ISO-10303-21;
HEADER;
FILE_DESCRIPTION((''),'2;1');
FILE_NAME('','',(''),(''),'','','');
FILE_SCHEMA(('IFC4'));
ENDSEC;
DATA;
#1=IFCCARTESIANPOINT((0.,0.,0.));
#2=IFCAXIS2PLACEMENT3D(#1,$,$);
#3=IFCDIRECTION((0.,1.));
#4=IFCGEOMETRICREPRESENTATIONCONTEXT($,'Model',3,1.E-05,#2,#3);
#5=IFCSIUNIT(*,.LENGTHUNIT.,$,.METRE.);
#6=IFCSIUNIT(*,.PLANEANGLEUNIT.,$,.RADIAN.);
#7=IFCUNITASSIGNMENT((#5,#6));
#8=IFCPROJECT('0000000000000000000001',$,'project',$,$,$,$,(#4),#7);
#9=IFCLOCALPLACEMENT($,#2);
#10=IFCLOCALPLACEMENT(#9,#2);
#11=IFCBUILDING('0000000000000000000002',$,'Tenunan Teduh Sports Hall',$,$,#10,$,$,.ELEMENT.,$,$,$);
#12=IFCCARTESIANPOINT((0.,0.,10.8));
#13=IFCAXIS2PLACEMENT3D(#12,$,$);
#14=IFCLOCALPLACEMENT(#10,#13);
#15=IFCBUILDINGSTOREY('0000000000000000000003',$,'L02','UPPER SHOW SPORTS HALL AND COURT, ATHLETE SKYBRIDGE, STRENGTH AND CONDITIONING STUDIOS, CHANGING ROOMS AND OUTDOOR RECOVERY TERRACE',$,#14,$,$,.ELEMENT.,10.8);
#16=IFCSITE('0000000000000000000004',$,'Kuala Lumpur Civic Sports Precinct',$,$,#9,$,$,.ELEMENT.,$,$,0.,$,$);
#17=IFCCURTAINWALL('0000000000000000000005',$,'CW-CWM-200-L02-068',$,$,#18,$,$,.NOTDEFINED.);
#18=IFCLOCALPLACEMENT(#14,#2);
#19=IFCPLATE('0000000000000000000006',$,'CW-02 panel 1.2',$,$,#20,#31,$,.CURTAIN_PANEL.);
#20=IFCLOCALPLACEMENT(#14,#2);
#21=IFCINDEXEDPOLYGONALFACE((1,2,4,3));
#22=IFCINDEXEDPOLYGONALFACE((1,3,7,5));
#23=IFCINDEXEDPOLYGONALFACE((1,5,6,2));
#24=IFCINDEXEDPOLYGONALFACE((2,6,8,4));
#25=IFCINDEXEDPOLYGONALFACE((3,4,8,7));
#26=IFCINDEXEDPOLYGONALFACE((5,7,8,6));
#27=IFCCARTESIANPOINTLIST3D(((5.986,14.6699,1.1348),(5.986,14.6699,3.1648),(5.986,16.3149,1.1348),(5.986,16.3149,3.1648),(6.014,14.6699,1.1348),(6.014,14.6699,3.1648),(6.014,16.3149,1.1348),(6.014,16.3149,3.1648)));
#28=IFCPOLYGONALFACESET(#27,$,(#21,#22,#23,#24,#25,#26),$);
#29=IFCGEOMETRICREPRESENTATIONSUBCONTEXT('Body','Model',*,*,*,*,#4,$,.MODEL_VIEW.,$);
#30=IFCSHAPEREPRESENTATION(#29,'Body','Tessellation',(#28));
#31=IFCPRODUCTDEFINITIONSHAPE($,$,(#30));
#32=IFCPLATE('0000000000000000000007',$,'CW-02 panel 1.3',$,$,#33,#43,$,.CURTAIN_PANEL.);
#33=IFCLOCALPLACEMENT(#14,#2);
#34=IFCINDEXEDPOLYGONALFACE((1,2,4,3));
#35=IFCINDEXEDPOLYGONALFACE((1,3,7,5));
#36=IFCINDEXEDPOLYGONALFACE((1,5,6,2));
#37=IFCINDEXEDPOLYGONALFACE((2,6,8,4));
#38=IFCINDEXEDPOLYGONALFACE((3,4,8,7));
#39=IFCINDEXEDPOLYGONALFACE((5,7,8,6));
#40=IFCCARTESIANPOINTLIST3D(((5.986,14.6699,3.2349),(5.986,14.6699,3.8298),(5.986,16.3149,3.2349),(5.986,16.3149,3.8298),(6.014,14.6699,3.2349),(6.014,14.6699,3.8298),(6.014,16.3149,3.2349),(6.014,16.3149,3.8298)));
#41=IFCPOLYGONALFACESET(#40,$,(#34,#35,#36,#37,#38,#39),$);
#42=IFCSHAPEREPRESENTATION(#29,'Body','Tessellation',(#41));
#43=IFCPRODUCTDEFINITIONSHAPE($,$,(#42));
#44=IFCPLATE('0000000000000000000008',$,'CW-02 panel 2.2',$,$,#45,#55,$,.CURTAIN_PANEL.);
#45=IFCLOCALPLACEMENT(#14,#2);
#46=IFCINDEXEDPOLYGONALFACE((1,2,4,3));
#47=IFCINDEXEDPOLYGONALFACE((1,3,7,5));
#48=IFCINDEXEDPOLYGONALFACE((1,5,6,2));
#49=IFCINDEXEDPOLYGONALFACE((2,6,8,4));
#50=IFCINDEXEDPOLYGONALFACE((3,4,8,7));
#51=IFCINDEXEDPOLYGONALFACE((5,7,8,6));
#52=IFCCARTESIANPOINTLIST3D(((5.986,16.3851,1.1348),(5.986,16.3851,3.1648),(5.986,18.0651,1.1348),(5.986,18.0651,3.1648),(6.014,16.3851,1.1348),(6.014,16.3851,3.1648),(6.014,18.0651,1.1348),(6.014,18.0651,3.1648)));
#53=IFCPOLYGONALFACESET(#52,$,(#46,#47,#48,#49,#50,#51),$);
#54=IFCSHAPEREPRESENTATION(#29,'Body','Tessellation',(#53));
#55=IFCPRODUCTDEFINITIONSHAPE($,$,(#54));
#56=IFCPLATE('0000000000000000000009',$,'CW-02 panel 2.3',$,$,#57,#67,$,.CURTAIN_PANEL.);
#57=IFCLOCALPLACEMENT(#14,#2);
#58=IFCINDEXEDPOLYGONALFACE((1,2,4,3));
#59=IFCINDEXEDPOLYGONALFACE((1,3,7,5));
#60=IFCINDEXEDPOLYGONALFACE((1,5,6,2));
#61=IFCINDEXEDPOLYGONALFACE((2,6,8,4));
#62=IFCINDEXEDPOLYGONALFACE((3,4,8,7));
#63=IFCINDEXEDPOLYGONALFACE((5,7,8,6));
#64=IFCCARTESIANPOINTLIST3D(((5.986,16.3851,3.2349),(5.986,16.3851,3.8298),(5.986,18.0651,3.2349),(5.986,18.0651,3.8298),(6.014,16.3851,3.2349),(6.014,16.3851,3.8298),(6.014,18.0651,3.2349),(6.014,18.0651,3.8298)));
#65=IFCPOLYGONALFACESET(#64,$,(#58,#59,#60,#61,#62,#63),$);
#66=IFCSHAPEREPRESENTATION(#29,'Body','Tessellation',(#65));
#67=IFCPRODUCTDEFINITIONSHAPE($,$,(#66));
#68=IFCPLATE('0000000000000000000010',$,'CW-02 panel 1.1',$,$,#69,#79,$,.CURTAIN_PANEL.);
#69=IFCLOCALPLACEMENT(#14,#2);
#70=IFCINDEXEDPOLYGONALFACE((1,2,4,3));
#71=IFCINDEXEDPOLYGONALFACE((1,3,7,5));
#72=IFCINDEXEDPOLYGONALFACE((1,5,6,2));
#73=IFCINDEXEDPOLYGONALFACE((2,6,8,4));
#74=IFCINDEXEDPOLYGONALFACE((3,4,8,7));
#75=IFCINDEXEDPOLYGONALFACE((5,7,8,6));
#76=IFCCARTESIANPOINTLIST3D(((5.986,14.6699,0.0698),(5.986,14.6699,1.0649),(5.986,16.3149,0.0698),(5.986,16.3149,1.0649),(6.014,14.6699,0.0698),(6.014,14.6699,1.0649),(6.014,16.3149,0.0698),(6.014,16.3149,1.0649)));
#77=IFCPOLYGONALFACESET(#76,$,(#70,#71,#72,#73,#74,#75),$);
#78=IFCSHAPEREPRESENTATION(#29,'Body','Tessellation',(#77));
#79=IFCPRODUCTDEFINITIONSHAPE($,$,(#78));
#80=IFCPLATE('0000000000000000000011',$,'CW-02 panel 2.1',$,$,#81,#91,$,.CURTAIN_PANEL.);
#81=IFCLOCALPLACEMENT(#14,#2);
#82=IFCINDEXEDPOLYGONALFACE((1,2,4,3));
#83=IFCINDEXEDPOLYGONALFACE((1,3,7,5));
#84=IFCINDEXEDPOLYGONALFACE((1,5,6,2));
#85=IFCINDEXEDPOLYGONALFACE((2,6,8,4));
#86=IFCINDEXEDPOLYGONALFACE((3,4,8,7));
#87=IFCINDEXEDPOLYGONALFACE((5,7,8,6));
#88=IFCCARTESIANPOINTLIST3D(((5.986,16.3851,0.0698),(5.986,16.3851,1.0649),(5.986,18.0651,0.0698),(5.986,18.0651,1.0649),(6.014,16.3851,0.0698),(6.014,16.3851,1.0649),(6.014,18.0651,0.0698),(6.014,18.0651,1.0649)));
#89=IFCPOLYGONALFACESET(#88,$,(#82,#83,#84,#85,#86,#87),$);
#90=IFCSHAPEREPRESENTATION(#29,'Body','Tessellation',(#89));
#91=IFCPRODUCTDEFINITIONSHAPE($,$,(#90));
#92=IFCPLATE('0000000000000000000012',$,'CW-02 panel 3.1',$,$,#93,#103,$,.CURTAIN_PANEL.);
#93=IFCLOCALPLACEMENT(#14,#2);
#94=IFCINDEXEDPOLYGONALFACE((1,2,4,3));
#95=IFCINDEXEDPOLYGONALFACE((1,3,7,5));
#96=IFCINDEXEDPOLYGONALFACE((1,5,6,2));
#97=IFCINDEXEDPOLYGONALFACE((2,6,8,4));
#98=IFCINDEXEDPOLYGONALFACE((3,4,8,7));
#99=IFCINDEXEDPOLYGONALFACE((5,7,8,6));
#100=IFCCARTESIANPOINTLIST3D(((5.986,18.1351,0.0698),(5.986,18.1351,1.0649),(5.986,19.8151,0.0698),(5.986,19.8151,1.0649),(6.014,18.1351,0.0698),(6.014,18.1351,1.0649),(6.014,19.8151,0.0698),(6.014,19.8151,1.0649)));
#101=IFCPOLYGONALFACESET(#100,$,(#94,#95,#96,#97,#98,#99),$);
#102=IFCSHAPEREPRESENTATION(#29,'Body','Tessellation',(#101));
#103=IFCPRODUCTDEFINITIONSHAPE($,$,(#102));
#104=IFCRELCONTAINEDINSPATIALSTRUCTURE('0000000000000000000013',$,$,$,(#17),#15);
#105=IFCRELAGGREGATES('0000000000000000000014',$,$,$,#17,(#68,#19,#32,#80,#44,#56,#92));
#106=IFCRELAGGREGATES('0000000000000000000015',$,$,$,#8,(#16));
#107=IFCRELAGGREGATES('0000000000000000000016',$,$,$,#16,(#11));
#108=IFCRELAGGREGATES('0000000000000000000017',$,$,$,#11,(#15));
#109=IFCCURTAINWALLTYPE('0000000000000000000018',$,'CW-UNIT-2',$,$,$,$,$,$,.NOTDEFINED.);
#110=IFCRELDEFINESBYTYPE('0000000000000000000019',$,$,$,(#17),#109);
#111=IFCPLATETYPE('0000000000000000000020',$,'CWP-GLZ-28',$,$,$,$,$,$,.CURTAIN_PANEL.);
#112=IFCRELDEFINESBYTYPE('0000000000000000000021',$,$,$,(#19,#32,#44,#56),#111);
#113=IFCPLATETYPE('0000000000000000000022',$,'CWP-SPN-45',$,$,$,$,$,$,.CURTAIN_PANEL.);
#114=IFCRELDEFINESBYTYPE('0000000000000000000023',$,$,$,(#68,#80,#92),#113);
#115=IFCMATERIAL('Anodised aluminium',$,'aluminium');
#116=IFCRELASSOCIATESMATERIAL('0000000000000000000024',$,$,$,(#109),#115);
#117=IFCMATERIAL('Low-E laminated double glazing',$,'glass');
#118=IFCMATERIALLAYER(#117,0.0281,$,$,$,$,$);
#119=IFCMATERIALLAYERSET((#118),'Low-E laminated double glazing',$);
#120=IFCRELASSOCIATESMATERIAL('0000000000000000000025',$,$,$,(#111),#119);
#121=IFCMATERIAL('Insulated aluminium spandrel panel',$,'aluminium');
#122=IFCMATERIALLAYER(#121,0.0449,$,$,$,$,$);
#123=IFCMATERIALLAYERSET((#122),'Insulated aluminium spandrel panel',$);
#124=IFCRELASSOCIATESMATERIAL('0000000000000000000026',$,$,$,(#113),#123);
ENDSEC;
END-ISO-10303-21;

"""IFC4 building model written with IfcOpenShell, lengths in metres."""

from ifc_helpers import new_model, si_unit, direction, frame, origin, origin_2d, place, context, subcontext, project, spatial, rectangle, extrude, material, layer, layer_set, type_object, element, aggregate, save


model = new_model("IFC4")

# Units and contexts
model_context = context("Model", 3, precision=1e-05, world=origin(), true_north=direction((0.0, 1.0)))
body_context = subcontext(model_context, "Body", "Model", "MODEL_VIEW")
ifc_project = project(units=[si_unit("LENGTHUNIT", "METRE"), si_unit("PLANEANGLEUNIT", "RADIAN")], contexts=[model_context])

# Site, building, storey
site_placement = place(None, origin())
site = spatial("IfcSite", under=ifc_project, at=site_placement, Name="Kuala Lumpur Civic Sports Precinct", CompositionType="ELEMENT", RefElevation=0.0)
building_placement = place(site_placement, origin())
building = spatial("IfcBuilding", under=site, at=building_placement, Name="Tenunan Teduh Sports Hall", CompositionType="ELEMENT")
storey_placement = place(building_placement, frame((0.0, 0.0, 10.8)))
storey = spatial("IfcBuildingStorey", under=building, at=storey_placement, Name="L02", Description="UPPER SHOW SPORTS HALL AND COURT, ATHLETE SKYBRIDGE, STRENGTH AND CONDITIONING STUDIOS, CHANGING ROOMS AND OUTDOOR RECOVERY TERRACE", CompositionType="ELEMENT", Elevation=10.8)

# Curtain wall, plates
ifc_material_1 = material(Name="Anodised aluminium", Category="aluminium")
curtain_wall_type = type_object("IfcCurtainWallType", Name="CW-UNIT-2", PredefinedType="NOTDEFINED", material=ifc_material_1)
curtain_wall_placement = place(storey_placement, origin())
curtain_wall = element("IfcCurtainWall", 1, at=curtain_wall_placement, inside=storey, type_object=curtain_wall_type, Name="CW-CWM-200-L02-068", PredefinedType="NOTDEFINED")
ifc_material_2 = material(Name="Low-E laminated double glazing", Category="glass")
ifc_layer_1 = layer(ifc_material_2, 0.0281)
ifc_layer_set_1 = layer_set([ifc_layer_1], Name="Low-E laminated double glazing")
plate_type_1 = type_object("IfcPlateType", Name="CWP-GLZ-28", PredefinedType="CURTAIN_PANEL", material=ifc_layer_set_1)
plate_1_placement = place(storey_placement, frame((6.0, 15.4924, 1.1348), z_axis=(0.0, 0.0, 1.0), x_axis=(0.0, 1.0, 0.0)))
plate_1 = element("IfcPlate", 2, at=plate_1_placement, type_object=plate_type_1, Name="CW-02 panel 1.2", PredefinedType="CURTAIN_PANEL", context=body_context, shape_type="SweptSolid", body=[
    extrude(rectangle(XDim=1.645, YDim=0.0281, at=origin_2d()), origin(), (0.0, 0.0, 1.0), 2.03),
])
plate_2_placement = place(storey_placement, frame((6.0, 15.4924, 3.2349), z_axis=(0.0, 0.0, 1.0), x_axis=(0.0, 1.0, 0.0)))
plate_2 = element("IfcPlate", 3, at=plate_2_placement, type_object=plate_type_1, Name="CW-02 panel 1.3", PredefinedType="CURTAIN_PANEL", context=body_context, shape_type="SweptSolid", body=[
    extrude(rectangle(XDim=1.645, YDim=0.0281, at=origin_2d()), origin(), (0.0, 0.0, 1.0), 0.595),
])
plate_3_placement = place(storey_placement, frame((6.0, 17.2251, 1.1348), z_axis=(0.0, 0.0, 1.0), x_axis=(0.0, 1.0, 0.0)))
plate_3 = element("IfcPlate", 4, at=plate_3_placement, type_object=plate_type_1, Name="CW-02 panel 2.2", PredefinedType="CURTAIN_PANEL", context=body_context, shape_type="SweptSolid", body=[
    extrude(rectangle(XDim=1.6799, YDim=0.0281, at=origin_2d()), origin(), (0.0, 0.0, 1.0), 2.03),
])
plate_4_placement = place(storey_placement, frame((6.0, 17.2251, 3.2349), z_axis=(0.0, 0.0, 1.0), x_axis=(0.0, 1.0, 0.0)))
plate_4 = element("IfcPlate", 5, at=plate_4_placement, type_object=plate_type_1, Name="CW-02 panel 2.3", PredefinedType="CURTAIN_PANEL", context=body_context, shape_type="SweptSolid", body=[
    extrude(rectangle(XDim=1.6799, YDim=0.0281, at=origin_2d()), origin(), (0.0, 0.0, 1.0), 0.595),
])
ifc_material_3 = material(Name="Insulated aluminium spandrel panel", Category="aluminium")
ifc_layer_2 = layer(ifc_material_3, 0.0449)
ifc_layer_set_2 = layer_set([ifc_layer_2], Name="Insulated aluminium spandrel panel")
plate_type_2 = type_object("IfcPlateType", Name="CWP-SPN-45", PredefinedType="CURTAIN_PANEL", material=ifc_layer_set_2)
plate_5_placement = place(storey_placement, frame((6.0, 15.4924, 0.0698), z_axis=(0.0, 0.0, 1.0), x_axis=(0.0, 1.0, 0.0)))
plate_5 = element("IfcPlate", 6, at=plate_5_placement, type_object=plate_type_2, Name="CW-02 panel 1.1", PredefinedType="CURTAIN_PANEL", context=body_context, shape_type="SweptSolid", body=[
    extrude(rectangle(XDim=1.645, YDim=0.0281, at=origin_2d()), origin(), (0.0, 0.0, 1.0), 0.9951),
])
plate_6_placement = place(storey_placement, frame((6.0, 17.2251, 0.0698), z_axis=(0.0, 0.0, 1.0), x_axis=(0.0, 1.0, 0.0)))
plate_6 = element("IfcPlate", 7, at=plate_6_placement, type_object=plate_type_2, Name="CW-02 panel 2.1", PredefinedType="CURTAIN_PANEL", context=body_context, shape_type="SweptSolid", body=[
    extrude(rectangle(XDim=1.6799, YDim=0.0281, at=origin_2d()), origin(), (0.0, 0.0, 1.0), 0.9951),
])
plate_7_placement = place(storey_placement, frame((6.0, 18.9751, 0.0698), z_axis=(0.0, 0.0, 1.0), x_axis=(0.0, 1.0, 0.0)))
plate_7 = element("IfcPlate", 8, at=plate_7_placement, type_object=plate_type_2, Name="CW-02 panel 3.1", PredefinedType="CURTAIN_PANEL", context=body_context, shape_type="SweptSolid", body=[
    extrude(rectangle(XDim=1.6799, YDim=0.0281, at=origin_2d()), origin(), (0.0, 0.0, 1.0), 0.9951),
])
aggregate(curtain_wall, [plate_5, plate_1, plate_2, plate_6, plate_3, plate_4, plate_7])

save(model, "model.ifc")
